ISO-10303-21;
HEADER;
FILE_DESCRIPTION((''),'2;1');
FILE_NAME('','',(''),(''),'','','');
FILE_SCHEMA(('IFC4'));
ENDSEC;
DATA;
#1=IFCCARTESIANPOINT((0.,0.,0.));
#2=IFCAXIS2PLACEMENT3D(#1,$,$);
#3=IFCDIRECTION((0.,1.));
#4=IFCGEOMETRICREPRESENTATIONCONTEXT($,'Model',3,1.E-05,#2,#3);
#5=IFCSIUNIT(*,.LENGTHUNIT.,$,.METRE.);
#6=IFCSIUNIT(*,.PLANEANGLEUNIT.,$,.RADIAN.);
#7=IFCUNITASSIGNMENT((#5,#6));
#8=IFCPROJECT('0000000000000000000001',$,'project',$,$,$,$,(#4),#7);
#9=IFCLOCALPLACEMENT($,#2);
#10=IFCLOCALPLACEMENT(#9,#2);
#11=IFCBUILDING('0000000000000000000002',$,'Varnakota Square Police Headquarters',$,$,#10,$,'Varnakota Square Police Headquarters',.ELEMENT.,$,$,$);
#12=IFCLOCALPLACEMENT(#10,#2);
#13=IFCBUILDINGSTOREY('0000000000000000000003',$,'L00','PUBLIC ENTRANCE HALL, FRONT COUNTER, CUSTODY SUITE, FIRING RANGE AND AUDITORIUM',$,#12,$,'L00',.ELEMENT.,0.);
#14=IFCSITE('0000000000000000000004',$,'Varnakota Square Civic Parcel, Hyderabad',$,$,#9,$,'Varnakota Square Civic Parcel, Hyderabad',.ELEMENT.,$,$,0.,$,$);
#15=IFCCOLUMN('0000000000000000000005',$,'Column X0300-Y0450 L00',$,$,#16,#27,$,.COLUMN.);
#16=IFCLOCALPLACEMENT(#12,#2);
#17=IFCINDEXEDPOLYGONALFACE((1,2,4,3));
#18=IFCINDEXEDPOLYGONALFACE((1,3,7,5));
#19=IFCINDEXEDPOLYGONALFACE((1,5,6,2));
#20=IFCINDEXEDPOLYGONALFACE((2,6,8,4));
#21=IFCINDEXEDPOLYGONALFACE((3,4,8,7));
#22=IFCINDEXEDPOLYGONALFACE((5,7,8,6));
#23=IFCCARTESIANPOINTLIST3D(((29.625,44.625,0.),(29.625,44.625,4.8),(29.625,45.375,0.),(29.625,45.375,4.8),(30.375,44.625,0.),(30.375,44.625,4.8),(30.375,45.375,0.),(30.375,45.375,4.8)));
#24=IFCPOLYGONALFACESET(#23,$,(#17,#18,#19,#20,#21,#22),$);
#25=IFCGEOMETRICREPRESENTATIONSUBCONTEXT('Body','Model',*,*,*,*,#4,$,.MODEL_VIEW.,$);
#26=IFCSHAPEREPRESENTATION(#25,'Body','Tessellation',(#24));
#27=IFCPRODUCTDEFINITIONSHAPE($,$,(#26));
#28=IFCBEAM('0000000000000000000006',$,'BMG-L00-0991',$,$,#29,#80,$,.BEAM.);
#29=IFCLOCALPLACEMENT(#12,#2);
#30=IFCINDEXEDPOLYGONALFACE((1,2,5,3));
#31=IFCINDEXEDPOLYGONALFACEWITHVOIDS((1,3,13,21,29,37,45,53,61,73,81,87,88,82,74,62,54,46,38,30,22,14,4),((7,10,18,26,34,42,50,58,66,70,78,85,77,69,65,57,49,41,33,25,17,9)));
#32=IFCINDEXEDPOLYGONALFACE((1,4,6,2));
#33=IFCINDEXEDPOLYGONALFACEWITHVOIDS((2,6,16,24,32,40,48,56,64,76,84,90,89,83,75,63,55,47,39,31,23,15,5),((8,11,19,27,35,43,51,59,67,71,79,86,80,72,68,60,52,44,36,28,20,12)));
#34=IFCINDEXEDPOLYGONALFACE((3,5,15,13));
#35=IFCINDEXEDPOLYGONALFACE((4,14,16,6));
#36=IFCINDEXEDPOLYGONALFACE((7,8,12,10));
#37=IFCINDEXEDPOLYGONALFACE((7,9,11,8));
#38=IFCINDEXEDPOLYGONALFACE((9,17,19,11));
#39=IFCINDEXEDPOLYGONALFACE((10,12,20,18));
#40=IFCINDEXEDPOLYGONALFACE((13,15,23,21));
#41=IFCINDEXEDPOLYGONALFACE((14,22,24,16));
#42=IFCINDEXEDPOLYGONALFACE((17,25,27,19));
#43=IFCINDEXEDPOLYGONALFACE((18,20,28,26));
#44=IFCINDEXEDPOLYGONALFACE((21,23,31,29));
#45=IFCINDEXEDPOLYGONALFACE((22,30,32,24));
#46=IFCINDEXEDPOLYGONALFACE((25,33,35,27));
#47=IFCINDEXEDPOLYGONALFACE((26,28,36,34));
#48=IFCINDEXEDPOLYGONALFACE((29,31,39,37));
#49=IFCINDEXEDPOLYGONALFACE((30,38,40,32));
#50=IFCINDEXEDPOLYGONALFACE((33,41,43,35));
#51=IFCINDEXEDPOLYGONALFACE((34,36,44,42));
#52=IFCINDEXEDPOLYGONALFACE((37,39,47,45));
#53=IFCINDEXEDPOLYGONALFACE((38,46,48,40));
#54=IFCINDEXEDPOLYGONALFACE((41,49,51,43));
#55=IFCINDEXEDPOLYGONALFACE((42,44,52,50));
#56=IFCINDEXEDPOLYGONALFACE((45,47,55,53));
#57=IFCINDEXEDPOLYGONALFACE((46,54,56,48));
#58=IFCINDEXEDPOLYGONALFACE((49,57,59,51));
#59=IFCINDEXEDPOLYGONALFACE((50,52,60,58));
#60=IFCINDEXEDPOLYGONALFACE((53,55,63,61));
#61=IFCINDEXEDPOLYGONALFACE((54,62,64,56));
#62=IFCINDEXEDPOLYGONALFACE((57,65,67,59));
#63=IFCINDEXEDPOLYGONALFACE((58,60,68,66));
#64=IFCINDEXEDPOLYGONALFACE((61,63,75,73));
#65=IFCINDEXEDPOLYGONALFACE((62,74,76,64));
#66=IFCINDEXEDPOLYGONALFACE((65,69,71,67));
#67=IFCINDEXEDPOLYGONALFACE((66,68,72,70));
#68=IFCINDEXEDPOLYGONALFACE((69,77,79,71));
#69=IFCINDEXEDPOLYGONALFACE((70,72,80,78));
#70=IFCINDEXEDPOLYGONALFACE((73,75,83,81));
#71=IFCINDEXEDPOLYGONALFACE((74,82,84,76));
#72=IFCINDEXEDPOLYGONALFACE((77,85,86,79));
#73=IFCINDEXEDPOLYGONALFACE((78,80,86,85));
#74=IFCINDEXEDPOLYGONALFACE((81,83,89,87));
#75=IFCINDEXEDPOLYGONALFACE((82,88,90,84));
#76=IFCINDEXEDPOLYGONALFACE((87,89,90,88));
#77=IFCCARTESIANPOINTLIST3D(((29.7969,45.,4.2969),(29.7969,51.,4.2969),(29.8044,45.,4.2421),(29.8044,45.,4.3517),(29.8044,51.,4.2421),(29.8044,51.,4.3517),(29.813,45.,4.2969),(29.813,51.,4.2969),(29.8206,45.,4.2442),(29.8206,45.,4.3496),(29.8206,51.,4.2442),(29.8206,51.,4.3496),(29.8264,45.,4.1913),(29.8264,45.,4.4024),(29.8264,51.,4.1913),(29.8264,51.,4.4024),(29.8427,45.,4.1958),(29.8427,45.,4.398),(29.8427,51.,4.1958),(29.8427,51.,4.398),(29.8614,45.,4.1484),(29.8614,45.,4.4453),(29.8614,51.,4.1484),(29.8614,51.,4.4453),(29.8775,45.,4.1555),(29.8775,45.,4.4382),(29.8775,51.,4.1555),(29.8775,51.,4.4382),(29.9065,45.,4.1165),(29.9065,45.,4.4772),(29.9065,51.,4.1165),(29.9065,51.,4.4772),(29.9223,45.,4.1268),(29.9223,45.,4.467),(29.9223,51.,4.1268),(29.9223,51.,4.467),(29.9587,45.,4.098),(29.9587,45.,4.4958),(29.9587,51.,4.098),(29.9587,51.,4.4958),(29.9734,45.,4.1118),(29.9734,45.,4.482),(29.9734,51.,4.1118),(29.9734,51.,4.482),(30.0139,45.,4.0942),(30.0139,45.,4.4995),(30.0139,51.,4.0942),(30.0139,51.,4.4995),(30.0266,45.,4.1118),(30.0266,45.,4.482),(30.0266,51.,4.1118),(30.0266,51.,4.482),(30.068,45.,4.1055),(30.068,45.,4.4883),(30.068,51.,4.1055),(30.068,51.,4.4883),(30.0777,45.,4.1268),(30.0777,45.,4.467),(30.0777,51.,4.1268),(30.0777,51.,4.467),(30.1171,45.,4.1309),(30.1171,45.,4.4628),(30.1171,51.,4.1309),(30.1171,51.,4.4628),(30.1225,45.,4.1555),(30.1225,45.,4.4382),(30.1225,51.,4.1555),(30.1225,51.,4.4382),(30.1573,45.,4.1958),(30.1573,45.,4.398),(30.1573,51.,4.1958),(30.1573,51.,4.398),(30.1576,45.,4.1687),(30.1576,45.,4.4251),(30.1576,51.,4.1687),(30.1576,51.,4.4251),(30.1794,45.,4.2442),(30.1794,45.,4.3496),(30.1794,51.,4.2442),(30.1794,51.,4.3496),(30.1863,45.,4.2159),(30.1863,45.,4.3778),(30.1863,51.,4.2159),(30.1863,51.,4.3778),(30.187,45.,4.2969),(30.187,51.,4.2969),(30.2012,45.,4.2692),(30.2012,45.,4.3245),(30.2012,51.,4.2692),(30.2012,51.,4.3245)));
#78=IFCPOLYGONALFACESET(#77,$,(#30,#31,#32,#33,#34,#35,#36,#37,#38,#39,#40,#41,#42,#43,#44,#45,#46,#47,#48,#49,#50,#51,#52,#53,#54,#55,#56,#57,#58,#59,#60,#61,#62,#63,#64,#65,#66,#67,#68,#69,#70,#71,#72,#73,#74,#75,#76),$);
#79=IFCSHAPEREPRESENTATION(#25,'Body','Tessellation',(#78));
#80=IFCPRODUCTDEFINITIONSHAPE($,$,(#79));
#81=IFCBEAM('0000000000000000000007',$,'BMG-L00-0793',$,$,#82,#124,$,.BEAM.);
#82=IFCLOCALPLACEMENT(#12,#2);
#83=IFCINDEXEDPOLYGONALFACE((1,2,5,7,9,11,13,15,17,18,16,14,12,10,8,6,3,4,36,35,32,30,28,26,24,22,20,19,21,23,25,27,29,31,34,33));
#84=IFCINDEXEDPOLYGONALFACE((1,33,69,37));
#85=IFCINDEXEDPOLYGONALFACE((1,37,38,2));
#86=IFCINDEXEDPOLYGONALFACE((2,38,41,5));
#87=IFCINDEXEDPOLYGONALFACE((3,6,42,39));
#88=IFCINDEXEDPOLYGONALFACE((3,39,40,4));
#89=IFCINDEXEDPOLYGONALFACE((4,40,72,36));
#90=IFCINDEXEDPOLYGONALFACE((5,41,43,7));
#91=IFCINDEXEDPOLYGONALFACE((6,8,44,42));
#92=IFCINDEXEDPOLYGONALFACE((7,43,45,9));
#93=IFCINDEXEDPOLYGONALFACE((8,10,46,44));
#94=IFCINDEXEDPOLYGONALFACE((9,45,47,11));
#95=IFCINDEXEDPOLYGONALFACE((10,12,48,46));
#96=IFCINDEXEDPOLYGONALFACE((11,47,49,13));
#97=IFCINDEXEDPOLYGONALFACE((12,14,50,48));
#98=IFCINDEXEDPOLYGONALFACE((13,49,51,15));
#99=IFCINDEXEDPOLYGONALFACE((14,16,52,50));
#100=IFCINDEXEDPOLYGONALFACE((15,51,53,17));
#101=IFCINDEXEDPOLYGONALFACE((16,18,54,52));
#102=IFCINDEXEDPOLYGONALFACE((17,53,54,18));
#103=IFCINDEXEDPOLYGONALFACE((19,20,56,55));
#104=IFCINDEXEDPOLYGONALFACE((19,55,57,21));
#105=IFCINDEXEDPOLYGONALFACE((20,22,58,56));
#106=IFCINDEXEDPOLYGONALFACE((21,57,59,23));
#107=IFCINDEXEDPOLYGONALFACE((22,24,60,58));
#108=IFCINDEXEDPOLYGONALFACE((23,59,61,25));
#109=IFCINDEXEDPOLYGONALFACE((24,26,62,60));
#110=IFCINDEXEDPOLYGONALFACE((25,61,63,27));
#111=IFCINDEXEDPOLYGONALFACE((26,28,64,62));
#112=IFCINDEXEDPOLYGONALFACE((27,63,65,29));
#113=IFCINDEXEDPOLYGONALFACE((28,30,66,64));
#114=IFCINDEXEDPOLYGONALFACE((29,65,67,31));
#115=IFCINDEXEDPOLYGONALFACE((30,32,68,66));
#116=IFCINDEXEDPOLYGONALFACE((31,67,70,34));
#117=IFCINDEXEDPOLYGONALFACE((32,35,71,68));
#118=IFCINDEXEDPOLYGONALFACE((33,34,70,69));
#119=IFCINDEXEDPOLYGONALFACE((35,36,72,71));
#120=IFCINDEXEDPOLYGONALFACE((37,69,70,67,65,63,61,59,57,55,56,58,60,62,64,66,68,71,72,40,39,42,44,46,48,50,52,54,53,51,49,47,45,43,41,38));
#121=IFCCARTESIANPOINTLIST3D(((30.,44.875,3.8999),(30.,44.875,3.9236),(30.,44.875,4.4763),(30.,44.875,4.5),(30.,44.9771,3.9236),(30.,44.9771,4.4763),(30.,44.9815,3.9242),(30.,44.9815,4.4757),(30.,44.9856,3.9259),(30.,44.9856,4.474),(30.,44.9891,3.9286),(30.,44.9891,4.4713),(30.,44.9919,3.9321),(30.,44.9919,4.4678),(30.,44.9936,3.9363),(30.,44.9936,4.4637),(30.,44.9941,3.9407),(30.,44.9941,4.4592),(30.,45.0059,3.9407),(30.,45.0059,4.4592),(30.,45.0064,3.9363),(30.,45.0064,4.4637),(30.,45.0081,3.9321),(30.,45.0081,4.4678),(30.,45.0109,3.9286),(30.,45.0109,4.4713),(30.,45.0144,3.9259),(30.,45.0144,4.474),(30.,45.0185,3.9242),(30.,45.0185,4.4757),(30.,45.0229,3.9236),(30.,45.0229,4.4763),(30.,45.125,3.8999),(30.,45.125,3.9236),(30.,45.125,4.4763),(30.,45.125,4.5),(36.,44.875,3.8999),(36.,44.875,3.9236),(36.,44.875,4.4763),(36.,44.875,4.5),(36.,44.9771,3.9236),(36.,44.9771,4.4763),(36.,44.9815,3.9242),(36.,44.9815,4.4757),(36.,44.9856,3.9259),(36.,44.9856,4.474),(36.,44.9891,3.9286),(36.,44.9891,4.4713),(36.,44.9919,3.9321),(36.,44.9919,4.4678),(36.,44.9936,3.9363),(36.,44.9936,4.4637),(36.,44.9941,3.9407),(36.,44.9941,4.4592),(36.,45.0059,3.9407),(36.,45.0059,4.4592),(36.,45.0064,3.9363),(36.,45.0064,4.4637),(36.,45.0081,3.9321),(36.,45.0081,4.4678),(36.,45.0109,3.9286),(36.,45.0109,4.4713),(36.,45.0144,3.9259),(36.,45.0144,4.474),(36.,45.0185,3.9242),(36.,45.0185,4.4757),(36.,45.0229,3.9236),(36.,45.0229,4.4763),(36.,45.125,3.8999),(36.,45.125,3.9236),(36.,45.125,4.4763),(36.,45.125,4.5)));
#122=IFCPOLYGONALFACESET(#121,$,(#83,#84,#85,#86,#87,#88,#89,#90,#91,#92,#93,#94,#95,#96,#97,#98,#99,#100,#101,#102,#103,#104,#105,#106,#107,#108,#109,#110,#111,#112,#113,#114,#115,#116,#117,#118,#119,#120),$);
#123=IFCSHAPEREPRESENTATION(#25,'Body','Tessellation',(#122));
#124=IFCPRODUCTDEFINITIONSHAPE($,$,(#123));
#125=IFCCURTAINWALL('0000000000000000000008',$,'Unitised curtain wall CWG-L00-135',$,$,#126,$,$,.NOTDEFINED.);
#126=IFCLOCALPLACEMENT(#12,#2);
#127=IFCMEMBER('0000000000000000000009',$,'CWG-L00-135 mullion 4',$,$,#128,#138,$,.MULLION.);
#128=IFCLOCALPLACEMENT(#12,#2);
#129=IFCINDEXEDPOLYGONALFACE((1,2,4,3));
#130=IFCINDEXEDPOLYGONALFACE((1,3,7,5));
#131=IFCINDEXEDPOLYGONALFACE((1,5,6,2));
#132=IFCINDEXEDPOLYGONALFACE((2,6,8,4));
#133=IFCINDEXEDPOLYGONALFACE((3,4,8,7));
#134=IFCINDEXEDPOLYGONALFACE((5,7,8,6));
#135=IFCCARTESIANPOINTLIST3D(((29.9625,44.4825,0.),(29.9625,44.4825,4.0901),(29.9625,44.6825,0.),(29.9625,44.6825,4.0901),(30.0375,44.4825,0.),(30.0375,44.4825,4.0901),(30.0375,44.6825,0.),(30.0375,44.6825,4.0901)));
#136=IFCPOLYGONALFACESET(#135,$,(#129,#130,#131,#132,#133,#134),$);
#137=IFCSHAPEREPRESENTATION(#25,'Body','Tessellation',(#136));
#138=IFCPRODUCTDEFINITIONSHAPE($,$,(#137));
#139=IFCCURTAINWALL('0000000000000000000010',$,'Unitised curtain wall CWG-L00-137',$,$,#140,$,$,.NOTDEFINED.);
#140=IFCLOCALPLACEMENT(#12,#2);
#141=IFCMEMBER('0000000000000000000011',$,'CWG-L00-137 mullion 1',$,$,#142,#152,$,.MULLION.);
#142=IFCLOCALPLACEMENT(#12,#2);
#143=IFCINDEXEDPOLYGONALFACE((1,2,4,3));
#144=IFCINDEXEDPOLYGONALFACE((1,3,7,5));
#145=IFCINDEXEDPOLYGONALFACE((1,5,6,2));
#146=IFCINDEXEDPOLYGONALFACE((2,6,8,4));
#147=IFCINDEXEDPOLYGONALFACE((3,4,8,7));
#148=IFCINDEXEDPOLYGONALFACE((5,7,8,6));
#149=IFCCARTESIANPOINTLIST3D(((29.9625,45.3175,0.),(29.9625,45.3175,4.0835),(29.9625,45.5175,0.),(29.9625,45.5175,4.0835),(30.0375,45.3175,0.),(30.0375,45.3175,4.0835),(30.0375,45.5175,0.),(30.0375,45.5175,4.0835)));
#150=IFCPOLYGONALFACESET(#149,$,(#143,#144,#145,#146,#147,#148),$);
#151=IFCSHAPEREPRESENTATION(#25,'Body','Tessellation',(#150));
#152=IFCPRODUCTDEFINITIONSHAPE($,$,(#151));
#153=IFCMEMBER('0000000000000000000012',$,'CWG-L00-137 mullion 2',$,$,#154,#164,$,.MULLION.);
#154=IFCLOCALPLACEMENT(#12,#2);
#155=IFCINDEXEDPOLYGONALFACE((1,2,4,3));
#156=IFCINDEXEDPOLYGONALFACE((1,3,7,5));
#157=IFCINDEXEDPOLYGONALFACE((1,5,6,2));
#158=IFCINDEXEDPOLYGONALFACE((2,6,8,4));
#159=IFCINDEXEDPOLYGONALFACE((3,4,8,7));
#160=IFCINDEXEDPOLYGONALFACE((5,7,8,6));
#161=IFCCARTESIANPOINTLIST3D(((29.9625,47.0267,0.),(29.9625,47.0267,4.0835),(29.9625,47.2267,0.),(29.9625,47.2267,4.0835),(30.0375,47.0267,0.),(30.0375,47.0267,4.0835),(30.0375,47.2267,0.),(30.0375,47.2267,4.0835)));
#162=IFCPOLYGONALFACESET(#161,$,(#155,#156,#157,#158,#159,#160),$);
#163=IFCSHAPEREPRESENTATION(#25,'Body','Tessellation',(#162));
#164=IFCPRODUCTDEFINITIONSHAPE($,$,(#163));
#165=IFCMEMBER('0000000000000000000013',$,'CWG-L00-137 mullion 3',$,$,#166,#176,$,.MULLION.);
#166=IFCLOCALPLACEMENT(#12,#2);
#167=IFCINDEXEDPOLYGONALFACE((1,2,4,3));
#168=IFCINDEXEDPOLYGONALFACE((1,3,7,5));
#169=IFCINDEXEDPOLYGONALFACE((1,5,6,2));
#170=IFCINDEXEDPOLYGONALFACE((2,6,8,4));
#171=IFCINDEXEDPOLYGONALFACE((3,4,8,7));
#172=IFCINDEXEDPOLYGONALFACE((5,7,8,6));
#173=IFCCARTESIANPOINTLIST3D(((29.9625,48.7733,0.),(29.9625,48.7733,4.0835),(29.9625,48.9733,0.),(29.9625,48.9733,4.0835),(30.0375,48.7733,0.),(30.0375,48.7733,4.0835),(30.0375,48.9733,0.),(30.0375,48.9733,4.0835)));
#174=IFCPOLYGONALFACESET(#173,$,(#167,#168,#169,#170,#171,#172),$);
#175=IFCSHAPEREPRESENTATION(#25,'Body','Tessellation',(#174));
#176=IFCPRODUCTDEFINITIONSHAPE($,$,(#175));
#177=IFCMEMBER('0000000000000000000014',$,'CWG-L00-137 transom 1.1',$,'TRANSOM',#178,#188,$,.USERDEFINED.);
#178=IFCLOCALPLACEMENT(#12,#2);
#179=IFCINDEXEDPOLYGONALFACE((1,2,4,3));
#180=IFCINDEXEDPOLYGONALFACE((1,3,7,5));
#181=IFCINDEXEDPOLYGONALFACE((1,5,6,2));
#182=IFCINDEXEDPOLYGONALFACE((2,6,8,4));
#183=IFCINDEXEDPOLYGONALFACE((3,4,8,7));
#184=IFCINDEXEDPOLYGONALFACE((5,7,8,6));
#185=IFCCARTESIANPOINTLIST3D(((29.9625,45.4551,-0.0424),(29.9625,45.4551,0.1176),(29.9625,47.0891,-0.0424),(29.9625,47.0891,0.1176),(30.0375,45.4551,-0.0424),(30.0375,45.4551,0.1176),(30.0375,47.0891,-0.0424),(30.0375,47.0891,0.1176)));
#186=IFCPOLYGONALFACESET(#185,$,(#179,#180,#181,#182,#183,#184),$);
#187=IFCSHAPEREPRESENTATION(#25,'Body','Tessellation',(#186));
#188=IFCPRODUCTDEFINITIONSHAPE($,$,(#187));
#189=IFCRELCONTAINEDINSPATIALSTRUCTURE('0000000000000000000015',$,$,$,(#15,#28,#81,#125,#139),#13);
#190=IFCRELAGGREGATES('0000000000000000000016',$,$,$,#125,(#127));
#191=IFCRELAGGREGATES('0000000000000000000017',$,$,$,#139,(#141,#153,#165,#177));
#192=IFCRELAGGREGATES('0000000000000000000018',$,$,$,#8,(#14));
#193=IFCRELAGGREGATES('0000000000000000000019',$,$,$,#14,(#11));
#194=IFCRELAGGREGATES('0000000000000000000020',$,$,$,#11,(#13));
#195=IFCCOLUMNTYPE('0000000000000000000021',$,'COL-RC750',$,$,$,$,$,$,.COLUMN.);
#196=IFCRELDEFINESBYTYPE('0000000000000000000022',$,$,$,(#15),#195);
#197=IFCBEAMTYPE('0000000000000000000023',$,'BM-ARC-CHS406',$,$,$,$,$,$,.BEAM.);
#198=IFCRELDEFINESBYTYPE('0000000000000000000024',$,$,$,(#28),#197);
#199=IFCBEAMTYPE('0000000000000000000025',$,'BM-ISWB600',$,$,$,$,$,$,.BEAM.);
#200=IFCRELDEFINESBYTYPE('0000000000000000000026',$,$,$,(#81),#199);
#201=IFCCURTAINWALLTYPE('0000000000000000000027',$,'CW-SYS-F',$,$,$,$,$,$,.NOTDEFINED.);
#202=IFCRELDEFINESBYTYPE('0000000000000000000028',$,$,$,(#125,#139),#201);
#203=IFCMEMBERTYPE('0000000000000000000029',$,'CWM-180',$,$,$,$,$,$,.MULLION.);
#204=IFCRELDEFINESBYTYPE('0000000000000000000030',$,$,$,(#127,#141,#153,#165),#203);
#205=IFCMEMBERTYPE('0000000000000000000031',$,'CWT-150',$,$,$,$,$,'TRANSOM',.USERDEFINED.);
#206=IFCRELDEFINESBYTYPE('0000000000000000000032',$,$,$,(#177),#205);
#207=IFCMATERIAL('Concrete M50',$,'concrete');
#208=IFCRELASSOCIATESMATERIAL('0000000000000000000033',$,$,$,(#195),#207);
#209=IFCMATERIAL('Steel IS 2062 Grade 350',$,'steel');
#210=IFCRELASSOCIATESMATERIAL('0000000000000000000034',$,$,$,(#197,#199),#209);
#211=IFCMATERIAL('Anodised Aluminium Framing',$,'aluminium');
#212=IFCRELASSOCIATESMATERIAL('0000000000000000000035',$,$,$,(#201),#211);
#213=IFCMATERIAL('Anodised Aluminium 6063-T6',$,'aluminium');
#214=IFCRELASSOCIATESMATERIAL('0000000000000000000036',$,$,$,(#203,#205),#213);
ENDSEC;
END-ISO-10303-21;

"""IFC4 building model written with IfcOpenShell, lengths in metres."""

from ifc_helpers import new_model, si_unit, direction, frame, origin, origin_2d, place, context, subcontext, project, spatial, rectangle, hollow_circle, i_section, extrude, material, material_profile, profile_set, type_object, element, aggregate, save


model = new_model("IFC4")

# Units and contexts
model_context = context("Model", 3, precision=1e-05, world=origin(), true_north=direction((0.0, 1.0)))
body_context = subcontext(model_context, "Body", "Model", "MODEL_VIEW")
ifc_project = project(units=[si_unit("LENGTHUNIT", "METRE"), si_unit("PLANEANGLEUNIT", "RADIAN")], contexts=[model_context])

# Site, building, storey
site_placement = place(None, origin())
site = spatial("IfcSite", under=ifc_project, at=site_placement, Name="Varnakota Square Civic Parcel, Hyderabad", LongName="Varnakota Square Civic Parcel, Hyderabad", CompositionType="ELEMENT", RefElevation=0.0)
building_placement = place(site_placement, origin())
building = spatial("IfcBuilding", under=site, at=building_placement, Name="Varnakota Square Police Headquarters", LongName="Varnakota Square Police Headquarters", CompositionType="ELEMENT")
storey_placement = place(building_placement, origin())
storey = spatial("IfcBuildingStorey", under=building, at=storey_placement, Name="L00", Description="PUBLIC ENTRANCE HALL, FRONT COUNTER, CUSTODY SUITE, FIRING RANGE AND AUDITORIUM", LongName="L00", CompositionType="ELEMENT", Elevation=0.0)

# Column
ifc_material_1 = material(Name="Concrete M50", Category="concrete")
ifc_material_profile_1 = material_profile(ifc_material_1, rectangle(XDim=0.75, YDim=0.75, at=origin_2d()), Name="RC 750x750")
ifc_profile_set_1 = profile_set([ifc_material_profile_1], Name="Concrete M50")
column_type = type_object("IfcColumnType", Name="COL-RC750", PredefinedType="COLUMN", material=ifc_profile_set_1)
column_placement = place(storey_placement, frame((30.0, 45.0, 0.0), z_axis=(0.0, 0.0, 1.0), x_axis=(1.0, 0.0, 0.0)))
element("IfcColumn", 1, at=column_placement, inside=storey, type_object=column_type, Name="Column X0300-Y0450 L00", PredefinedType="COLUMN", context=body_context, shape_type="SweptSolid", body=[
    extrude(rectangle(XDim=0.75, YDim=0.75, at=origin_2d()), origin(), (0.0, 0.0, 1.0), 4.8),
])

# Beams
ifc_material_2 = material(Name="Steel IS 2062 Grade 350", Category="steel")
ifc_material_profile_2 = material_profile(ifc_material_2, hollow_circle(Radius=0.2031, WallThickness=0.0161, at=origin_2d()), Name="CHS 406.4x16.0")
ifc_profile_set_2 = profile_set([ifc_material_profile_2], Name="Steel IS 2062 Grade 350")
beam_type_1 = type_object("IfcBeamType", Name="BM-ARC-CHS406", PredefinedType="BEAM", material=ifc_profile_set_2)
beam_1_placement = place(storey_placement, frame((30.0, 45.0, 4.2969), z_axis=(0.0, 1.0, 0.0), x_axis=(-1.0, 0.0, 0.0)))
element("IfcBeam", 2, at=beam_1_placement, inside=storey, type_object=beam_type_1, Name="BMG-L00-0991", PredefinedType="BEAM", context=body_context, shape_type="SweptSolid", body=[
    extrude(hollow_circle(Radius=0.2031, WallThickness=0.0161, at=origin_2d()), origin(), (0.0, 0.0, 1.0), 6.0),
])
ifc_material_profile_3 = material_profile(ifc_material_2, i_section(OverallWidth=0.25, OverallDepth=0.6001, WebThickness=0.0117, FlangeThickness=0.0237, FilletRadius=0.0171, at=origin_2d()), Name="ISWB 600")
ifc_profile_set_3 = profile_set([ifc_material_profile_3], Name="Steel IS 2062 Grade 350")
beam_type_2 = type_object("IfcBeamType", Name="BM-ISWB600", PredefinedType="BEAM", material=ifc_profile_set_3)
beam_2_placement = place(storey_placement, frame((30.0, 45.0, 4.2), z_axis=(1.0, 0.0, 0.0), x_axis=(0.0, 1.0, 0.0)))
element("IfcBeam", 3, at=beam_2_placement, inside=storey, type_object=beam_type_2, Name="BMG-L00-0793", PredefinedType="BEAM", context=body_context, shape_type="SweptSolid", body=[
    extrude(i_section(OverallWidth=0.25, OverallDepth=0.6001, WebThickness=0.0117, FlangeThickness=0.0237, FilletRadius=0.0171, at=origin_2d()), origin(), (0.0, 0.0, 1.0), 6.0),
])

# Curtain wall, member
ifc_material_3 = material(Name="Anodised Aluminium Framing", Category="aluminium")
curtain_wall_type = type_object("IfcCurtainWallType", Name="CW-SYS-F", PredefinedType="NOTDEFINED", material=ifc_material_3)
curtain_wall_1_placement = place(storey_placement, origin())
curtain_wall_1 = element("IfcCurtainWall", 4, at=curtain_wall_1_placement, inside=storey, type_object=curtain_wall_type, Name="Unitised curtain wall CWG-L00-135", PredefinedType="NOTDEFINED")
ifc_material_4 = material(Name="Anodised Aluminium 6063-T6", Category="aluminium")
ifc_material_profile_4 = material_profile(ifc_material_4, rectangle(XDim=0.075, YDim=0.2, at=origin_2d()), Name="ALU MULLION 75x200")
ifc_profile_set_4 = profile_set([ifc_material_profile_4], Name="Anodised Aluminium 6063-T6")
member_type_1 = type_object("IfcMemberType", Name="CWM-180", PredefinedType="MULLION", material=ifc_profile_set_4)
member_1_placement = place(storey_placement, frame((30.0, 44.5825, 0.0), z_axis=(0.0, 0.0, 1.0), x_axis=(-1.0, 0.0, 0.0)))
member_1 = element("IfcMember", 5, at=member_1_placement, type_object=member_type_1, Name="CWG-L00-135 mullion 4", PredefinedType="MULLION", context=body_context, shape_type="SweptSolid", body=[
    extrude(rectangle(XDim=0.075, YDim=0.2, at=origin_2d()), origin(), (0.0, 0.0, 1.0), 4.0901),
])
aggregate(curtain_wall_1, [member_1])

# Curtain wall, members
curtain_wall_2_placement = place(storey_placement, origin())
curtain_wall_2 = element("IfcCurtainWall", 6, at=curtain_wall_2_placement, inside=storey, type_object=curtain_wall_type, Name="Unitised curtain wall CWG-L00-137", PredefinedType="NOTDEFINED")
member_2_placement = place(storey_placement, frame((30.0, 45.4175, 0.0), z_axis=(0.0, 0.0, 1.0), x_axis=(-1.0, 0.0, 0.0)))
member_2 = element("IfcMember", 7, at=member_2_placement, type_object=member_type_1, Name="CWG-L00-137 mullion 1", PredefinedType="MULLION", context=body_context, shape_type="SweptSolid", body=[
    extrude(rectangle(XDim=0.075, YDim=0.2, at=origin_2d()), origin(), (0.0, 0.0, 1.0), 4.0835),
])
member_3_placement = place(storey_placement, frame((30.0, 47.1267, 0.0), z_axis=(0.0, 0.0, 1.0), x_axis=(-1.0, 0.0, 0.0)))
member_3 = element("IfcMember", 8, at=member_3_placement, type_object=member_type_1, Name="CWG-L00-137 mullion 2", PredefinedType="MULLION", context=body_context, shape_type="SweptSolid", body=[
    extrude(rectangle(XDim=0.075, YDim=0.2, at=origin_2d()), origin(), (0.0, 0.0, 1.0), 4.0835),
])
member_4_placement = place(storey_placement, frame((30.0, 48.8733, 0.0), z_axis=(0.0, 0.0, 1.0), x_axis=(-1.0, 0.0, 0.0)))
member_4 = element("IfcMember", 9, at=member_4_placement, type_object=member_type_1, Name="CWG-L00-137 mullion 3", PredefinedType="MULLION", context=body_context, shape_type="SweptSolid", body=[
    extrude(rectangle(XDim=0.075, YDim=0.2, at=origin_2d()), origin(), (0.0, 0.0, 1.0), 4.0835),
])
ifc_material_profile_5 = material_profile(ifc_material_4, rectangle(XDim=0.075, YDim=0.1599, at=origin_2d()), Name="ALU TRANSOM 75x160")
ifc_profile_set_5 = profile_set([ifc_material_profile_5], Name="Anodised Aluminium 6063-T6")
member_type_2 = type_object("IfcMemberType", Name="CWT-150", ElementType="TRANSOM", PredefinedType="USERDEFINED", material=ifc_profile_set_5)
member_5_placement = place(storey_placement, frame((30.0, 45.4551, 0.0376), z_axis=(0.0, 1.0, 0.0), x_axis=(-1.0, 0.0, 0.0)))
member_5 = element("IfcMember", 10, at=member_5_placement, type_object=member_type_2, Name="CWG-L00-137 transom 1.1", ObjectType="TRANSOM", PredefinedType="USERDEFINED", context=body_context, shape_type="SweptSolid", body=[
    extrude(rectangle(XDim=0.075, YDim=0.1599, at=origin_2d()), origin(), (0.0, 0.0, 1.0), 1.634),
])
aggregate(curtain_wall_2, [member_2, member_3, member_4, member_5])

save(model, "model.ifc")
